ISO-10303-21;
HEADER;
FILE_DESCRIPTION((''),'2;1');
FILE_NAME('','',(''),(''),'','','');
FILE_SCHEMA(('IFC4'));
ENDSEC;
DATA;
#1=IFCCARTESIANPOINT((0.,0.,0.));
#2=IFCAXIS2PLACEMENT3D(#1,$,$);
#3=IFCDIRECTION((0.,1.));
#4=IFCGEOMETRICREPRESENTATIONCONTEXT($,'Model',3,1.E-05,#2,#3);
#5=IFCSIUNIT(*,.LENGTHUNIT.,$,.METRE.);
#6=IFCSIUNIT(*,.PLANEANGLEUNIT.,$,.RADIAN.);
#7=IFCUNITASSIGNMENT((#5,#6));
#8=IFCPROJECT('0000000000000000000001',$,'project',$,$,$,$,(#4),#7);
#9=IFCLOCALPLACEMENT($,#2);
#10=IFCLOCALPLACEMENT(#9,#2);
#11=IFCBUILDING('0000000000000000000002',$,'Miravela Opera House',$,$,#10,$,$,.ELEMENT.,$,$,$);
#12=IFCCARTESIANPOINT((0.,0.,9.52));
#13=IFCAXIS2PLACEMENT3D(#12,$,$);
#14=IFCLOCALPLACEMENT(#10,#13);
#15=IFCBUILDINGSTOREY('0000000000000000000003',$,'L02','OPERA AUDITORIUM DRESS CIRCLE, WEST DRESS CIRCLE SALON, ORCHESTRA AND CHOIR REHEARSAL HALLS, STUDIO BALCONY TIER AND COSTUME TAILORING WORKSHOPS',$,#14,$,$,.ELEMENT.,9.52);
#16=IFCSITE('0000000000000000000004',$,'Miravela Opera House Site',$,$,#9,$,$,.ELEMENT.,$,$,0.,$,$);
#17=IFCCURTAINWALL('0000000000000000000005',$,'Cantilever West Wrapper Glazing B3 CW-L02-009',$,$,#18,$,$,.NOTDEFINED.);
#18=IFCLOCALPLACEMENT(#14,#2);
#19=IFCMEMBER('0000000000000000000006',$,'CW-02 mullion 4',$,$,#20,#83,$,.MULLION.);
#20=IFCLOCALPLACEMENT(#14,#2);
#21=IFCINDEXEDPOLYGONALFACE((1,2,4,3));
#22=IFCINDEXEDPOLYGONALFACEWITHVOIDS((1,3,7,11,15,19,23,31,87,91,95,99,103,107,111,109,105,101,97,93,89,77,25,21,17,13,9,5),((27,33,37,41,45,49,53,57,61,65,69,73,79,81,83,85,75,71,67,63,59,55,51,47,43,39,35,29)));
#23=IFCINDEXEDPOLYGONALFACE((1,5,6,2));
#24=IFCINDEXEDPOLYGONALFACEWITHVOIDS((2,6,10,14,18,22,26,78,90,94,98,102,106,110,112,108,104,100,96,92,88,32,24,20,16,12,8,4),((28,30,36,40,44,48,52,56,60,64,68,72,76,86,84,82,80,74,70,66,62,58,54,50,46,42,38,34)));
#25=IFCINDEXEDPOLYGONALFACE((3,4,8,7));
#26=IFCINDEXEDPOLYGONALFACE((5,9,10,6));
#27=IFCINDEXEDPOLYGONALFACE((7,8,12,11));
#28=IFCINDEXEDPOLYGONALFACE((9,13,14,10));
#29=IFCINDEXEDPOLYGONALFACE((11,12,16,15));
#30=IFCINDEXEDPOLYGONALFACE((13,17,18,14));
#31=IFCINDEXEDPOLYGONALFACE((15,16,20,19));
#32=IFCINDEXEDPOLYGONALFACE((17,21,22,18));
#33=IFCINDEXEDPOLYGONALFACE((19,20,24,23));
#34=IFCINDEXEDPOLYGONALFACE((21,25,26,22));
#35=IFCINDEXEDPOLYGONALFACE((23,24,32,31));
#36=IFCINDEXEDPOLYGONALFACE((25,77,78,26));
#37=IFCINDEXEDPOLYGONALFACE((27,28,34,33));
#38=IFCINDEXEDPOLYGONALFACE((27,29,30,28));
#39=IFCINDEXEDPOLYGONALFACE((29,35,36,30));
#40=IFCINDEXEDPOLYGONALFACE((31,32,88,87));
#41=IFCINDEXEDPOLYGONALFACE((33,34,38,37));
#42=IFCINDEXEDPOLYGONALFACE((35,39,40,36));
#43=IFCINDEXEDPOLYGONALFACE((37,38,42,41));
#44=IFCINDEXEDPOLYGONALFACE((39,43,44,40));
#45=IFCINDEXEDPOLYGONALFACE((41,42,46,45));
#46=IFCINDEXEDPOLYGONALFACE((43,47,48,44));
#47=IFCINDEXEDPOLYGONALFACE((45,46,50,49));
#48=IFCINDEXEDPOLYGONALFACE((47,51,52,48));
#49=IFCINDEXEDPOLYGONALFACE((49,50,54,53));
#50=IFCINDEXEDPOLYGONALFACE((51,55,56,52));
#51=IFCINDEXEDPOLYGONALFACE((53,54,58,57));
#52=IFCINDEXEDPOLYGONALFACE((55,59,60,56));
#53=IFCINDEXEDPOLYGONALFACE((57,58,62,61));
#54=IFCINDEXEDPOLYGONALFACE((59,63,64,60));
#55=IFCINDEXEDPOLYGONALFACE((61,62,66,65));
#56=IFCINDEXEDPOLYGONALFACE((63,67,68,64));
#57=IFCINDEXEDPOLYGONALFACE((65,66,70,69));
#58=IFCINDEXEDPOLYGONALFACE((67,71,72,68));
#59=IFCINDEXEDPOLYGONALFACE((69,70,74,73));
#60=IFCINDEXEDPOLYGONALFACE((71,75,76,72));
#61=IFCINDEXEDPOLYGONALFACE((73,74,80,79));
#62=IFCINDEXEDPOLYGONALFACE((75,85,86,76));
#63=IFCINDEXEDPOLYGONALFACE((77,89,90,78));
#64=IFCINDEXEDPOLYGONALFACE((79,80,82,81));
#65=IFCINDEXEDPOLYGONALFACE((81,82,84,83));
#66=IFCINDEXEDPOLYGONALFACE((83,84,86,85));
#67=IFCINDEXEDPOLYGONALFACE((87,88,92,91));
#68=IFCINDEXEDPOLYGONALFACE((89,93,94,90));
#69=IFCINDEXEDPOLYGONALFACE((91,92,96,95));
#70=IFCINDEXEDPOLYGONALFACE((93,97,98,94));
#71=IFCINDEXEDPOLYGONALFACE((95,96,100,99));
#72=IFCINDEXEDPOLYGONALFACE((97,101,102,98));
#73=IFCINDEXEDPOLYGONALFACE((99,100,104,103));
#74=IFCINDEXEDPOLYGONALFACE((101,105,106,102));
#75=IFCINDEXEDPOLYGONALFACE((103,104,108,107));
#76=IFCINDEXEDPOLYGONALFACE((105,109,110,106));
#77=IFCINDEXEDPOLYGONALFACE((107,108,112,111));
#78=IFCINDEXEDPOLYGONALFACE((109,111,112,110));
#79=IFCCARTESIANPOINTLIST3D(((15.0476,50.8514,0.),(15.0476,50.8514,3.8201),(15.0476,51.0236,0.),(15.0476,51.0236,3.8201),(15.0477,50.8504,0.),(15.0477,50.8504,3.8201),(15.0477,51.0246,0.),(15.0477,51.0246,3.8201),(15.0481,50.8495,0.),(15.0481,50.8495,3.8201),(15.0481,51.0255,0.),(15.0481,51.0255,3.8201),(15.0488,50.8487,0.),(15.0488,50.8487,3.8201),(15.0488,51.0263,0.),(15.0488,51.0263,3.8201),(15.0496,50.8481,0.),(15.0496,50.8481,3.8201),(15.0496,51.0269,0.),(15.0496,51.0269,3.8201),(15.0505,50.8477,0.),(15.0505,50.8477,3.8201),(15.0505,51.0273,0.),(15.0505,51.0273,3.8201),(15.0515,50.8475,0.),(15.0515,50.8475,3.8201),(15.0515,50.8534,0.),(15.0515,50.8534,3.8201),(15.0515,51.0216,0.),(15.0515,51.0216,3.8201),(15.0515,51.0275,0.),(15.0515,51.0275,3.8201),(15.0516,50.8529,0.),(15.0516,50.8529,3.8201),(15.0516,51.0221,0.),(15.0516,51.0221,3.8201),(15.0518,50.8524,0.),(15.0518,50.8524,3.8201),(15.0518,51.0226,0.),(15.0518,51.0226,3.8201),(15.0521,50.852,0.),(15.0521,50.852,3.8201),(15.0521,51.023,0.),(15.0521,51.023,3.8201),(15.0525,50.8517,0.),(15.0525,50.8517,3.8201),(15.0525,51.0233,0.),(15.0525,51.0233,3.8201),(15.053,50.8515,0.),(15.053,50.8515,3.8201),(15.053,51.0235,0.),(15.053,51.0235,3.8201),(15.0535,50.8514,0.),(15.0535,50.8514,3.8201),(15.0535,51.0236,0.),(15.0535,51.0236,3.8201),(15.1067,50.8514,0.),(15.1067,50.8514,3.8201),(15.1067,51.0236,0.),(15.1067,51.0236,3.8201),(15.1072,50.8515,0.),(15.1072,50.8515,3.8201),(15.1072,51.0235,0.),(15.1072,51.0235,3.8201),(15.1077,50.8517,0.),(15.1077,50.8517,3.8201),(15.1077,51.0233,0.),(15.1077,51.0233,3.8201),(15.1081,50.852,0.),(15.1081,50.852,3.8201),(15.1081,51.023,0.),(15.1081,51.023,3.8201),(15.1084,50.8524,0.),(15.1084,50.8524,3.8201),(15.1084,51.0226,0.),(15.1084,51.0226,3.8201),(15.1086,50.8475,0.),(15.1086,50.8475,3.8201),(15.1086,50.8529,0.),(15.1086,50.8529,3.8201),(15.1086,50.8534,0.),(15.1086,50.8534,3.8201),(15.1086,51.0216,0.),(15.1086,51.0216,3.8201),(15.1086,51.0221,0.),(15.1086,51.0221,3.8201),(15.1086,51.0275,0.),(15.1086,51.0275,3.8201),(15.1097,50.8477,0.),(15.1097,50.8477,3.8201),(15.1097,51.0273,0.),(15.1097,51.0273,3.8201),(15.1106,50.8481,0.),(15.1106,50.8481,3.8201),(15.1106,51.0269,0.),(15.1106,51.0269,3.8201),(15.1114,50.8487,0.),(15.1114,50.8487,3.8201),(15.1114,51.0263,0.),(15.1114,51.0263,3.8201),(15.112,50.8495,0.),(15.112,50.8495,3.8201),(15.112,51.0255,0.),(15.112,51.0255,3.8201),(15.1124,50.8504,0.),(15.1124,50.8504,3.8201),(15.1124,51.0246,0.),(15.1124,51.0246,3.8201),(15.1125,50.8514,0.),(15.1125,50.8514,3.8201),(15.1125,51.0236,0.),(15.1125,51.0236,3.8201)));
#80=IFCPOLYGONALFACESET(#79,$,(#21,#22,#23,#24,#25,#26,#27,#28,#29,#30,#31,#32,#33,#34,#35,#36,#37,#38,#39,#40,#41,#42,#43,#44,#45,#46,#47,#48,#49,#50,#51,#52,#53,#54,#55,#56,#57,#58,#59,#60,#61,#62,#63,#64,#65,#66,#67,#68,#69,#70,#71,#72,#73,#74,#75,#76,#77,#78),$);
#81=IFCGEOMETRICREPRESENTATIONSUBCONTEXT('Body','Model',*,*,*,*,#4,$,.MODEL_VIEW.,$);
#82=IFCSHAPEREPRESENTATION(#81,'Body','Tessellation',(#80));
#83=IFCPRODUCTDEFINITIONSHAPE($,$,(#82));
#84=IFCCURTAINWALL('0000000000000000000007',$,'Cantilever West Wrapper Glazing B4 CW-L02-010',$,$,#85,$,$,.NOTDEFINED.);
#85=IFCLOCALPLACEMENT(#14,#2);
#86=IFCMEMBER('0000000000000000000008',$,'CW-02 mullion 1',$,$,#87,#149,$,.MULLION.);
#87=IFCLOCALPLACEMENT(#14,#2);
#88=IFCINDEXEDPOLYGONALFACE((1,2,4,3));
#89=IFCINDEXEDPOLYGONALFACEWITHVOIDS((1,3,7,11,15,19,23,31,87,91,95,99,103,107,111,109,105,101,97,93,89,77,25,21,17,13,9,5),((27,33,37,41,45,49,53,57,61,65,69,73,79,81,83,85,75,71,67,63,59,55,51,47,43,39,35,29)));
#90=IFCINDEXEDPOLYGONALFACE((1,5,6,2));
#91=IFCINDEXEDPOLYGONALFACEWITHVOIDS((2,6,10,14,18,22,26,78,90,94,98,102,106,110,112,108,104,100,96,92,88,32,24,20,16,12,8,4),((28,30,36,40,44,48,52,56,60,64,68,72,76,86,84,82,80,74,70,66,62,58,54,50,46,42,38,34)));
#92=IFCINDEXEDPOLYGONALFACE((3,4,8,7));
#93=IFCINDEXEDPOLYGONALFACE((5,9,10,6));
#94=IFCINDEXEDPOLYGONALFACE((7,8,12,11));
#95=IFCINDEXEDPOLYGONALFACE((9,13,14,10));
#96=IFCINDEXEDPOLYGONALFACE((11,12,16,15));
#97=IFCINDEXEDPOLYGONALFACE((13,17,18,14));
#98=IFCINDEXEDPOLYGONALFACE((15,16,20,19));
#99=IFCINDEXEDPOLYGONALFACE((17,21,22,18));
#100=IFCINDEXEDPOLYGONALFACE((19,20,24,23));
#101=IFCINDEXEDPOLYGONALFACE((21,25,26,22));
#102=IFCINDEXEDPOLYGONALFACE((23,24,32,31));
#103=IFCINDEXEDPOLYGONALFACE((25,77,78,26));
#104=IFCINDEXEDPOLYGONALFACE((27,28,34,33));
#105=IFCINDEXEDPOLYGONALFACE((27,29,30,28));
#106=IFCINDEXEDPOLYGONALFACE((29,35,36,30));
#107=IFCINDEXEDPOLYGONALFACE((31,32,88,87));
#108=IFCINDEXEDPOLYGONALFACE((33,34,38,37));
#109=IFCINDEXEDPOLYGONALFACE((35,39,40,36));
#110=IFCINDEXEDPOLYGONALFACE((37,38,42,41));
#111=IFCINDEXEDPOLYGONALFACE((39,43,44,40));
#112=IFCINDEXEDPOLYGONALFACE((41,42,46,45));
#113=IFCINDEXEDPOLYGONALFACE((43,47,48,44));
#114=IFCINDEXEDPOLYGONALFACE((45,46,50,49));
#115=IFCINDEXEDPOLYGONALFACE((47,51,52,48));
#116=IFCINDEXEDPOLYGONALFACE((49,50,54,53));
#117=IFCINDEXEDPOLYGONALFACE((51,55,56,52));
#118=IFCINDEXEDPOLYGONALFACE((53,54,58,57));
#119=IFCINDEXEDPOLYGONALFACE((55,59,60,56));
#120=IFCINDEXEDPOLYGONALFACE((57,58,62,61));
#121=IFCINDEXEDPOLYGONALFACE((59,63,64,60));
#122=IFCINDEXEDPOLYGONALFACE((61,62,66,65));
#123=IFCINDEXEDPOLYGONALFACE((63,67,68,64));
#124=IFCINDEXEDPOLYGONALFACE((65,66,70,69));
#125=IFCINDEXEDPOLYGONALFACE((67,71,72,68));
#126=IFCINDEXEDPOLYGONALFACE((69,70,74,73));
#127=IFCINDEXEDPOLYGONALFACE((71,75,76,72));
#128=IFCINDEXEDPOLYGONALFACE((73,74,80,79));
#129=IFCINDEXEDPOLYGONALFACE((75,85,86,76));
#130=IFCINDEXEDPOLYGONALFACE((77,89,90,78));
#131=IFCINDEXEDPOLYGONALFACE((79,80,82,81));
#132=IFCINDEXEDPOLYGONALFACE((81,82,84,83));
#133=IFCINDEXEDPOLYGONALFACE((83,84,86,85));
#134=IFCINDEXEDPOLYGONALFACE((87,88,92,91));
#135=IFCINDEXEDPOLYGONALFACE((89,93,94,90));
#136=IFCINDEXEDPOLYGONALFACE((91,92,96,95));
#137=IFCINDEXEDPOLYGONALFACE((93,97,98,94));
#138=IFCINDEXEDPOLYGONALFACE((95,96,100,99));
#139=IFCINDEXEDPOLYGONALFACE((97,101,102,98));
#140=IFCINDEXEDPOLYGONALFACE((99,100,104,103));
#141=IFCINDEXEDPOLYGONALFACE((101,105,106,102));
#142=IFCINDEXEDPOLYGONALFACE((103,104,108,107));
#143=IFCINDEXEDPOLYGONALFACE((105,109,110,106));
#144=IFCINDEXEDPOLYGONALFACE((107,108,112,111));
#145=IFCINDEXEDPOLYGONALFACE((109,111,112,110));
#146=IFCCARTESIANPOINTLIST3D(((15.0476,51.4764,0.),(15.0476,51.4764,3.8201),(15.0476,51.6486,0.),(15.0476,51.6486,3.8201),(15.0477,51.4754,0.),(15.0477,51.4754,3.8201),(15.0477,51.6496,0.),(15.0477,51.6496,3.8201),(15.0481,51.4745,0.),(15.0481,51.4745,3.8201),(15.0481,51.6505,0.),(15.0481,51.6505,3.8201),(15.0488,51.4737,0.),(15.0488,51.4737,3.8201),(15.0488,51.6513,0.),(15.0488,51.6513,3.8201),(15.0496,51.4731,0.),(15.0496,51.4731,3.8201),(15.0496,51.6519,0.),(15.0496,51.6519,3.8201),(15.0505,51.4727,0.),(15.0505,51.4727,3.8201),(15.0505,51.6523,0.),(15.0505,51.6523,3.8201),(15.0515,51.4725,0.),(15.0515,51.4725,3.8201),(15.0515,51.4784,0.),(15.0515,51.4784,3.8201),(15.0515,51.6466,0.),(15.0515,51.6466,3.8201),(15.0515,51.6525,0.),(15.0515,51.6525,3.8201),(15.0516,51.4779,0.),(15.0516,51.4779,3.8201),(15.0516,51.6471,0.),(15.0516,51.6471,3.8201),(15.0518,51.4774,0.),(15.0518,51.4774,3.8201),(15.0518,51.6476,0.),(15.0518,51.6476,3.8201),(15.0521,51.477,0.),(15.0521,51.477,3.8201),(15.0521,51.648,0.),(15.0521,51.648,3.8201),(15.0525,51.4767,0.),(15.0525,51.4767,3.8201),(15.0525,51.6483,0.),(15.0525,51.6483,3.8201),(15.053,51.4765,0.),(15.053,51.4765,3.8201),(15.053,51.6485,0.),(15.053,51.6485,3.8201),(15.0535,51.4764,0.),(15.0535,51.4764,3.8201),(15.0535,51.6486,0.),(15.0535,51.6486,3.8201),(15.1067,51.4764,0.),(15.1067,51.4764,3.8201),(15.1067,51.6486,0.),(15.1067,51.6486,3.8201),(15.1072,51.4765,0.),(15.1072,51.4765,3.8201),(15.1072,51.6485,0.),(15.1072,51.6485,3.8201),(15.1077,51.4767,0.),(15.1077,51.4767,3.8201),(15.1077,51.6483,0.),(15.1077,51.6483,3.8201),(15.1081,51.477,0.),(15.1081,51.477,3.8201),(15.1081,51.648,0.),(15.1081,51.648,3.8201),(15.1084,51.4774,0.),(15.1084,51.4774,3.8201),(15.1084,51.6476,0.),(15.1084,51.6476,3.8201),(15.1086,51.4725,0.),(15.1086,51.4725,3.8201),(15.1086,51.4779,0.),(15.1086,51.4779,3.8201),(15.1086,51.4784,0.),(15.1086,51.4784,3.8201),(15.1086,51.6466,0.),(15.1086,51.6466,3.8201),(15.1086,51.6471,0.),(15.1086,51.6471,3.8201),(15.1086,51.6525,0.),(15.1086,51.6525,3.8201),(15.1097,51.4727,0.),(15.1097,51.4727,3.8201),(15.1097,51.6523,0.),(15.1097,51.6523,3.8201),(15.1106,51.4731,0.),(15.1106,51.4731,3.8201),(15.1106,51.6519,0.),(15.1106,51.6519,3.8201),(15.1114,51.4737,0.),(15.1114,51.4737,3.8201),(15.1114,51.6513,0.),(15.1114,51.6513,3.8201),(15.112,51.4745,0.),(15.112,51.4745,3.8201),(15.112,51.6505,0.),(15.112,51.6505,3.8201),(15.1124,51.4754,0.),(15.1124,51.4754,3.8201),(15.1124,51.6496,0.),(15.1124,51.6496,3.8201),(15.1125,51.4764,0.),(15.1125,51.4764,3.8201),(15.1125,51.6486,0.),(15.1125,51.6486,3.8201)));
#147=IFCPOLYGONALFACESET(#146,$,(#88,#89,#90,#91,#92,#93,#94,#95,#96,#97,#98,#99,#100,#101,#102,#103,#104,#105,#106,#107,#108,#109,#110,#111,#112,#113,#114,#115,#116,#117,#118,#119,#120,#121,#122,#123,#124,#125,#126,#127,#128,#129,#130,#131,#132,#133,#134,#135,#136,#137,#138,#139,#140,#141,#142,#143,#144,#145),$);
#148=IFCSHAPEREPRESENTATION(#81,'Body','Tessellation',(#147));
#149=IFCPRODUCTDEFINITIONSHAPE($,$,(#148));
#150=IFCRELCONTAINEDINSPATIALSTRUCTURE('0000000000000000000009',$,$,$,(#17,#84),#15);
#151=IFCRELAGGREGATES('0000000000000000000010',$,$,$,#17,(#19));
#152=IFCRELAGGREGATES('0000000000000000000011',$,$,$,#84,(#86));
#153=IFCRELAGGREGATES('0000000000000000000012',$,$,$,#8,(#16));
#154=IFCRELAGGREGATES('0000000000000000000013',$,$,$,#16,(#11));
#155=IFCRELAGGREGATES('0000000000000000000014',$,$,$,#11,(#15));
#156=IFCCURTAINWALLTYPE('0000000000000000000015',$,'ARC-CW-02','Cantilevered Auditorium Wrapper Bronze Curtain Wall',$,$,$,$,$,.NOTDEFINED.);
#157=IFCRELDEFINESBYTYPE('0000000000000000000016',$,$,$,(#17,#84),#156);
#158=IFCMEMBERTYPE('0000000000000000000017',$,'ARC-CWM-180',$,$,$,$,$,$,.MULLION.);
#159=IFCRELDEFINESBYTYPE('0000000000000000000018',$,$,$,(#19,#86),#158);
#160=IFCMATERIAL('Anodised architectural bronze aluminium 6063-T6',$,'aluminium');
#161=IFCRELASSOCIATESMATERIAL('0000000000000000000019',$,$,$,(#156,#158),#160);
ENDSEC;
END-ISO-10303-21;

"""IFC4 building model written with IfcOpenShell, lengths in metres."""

from ifc_helpers import new_model, si_unit, direction, frame, origin, origin_2d, place, context, subcontext, project, spatial, hollow_rectangle, extrude, material, material_profile, profile_set, type_object, element, aggregate, save


model = new_model("IFC4")

# Units and contexts
model_context = context("Model", 3, precision=1e-05, world=origin(), true_north=direction((0.0, 1.0)))
body_context = subcontext(model_context, "Body", "Model", "MODEL_VIEW")
ifc_project = project(units=[si_unit("LENGTHUNIT", "METRE"), si_unit("PLANEANGLEUNIT", "RADIAN")], contexts=[model_context])

# Site, building, storey
site_placement = place(None, origin())
site = spatial("IfcSite", under=ifc_project, at=site_placement, Name="Miravela Opera House Site", CompositionType="ELEMENT", RefElevation=0.0)
building_placement = place(site_placement, origin())
building = spatial("IfcBuilding", under=site, at=building_placement, Name="Miravela Opera House", CompositionType="ELEMENT")
storey_placement = place(building_placement, frame((0.0, 0.0, 9.52)))
storey = spatial("IfcBuildingStorey", under=building, at=storey_placement, Name="L02", Description="OPERA AUDITORIUM DRESS CIRCLE, WEST DRESS CIRCLE SALON, ORCHESTRA AND CHOIR REHEARSAL HALLS, STUDIO BALCONY TIER AND COSTUME TAILORING WORKSHOPS", CompositionType="ELEMENT", Elevation=9.52)

# Curtain wall, member
ifc_material_1 = material(Name="Anodised architectural bronze aluminium 6063-T6", Category="aluminium")
curtain_wall_type = type_object("IfcCurtainWallType", Name="ARC-CW-02", Description="Cantilevered Auditorium Wrapper Bronze Curtain Wall", PredefinedType="NOTDEFINED", material=ifc_material_1)
curtain_wall_1_placement = place(storey_placement, origin())
curtain_wall_1 = element("IfcCurtainWall", 1, at=curtain_wall_1_placement, inside=storey, type_object=curtain_wall_type, Name="Cantilever West Wrapper Glazing B3 CW-L02-009", PredefinedType="NOTDEFINED")
ifc_material_profile_1 = material_profile(ifc_material_1, hollow_rectangle(XDim=0.0649, YDim=0.1799, WallThickness=0.0039, InnerFilletRadius=0.002, OuterFilletRadius=0.0039, at=origin_2d()), Name="CWM-65X180")
ifc_profile_set_1 = profile_set([ifc_material_profile_1])
member_type_1 = type_object("IfcMemberType", Name="ARC-CWM-180", PredefinedType="MULLION", material=ifc_profile_set_1)
member_1_placement = place(storey_placement, frame((15.0801, 50.9375, 0.0), z_axis=(0.0, 0.0, 1.0), x_axis=(-1.0, 0.0, 0.0)))
member_1 = element("IfcMember", 2, at=member_1_placement, type_object=member_type_1, Name="CW-02 mullion 4", PredefinedType="MULLION", context=body_context, shape_type="SweptSolid", body=[
    extrude(hollow_rectangle(XDim=0.0649, YDim=0.1799, WallThickness=0.0039, InnerFilletRadius=0.002, OuterFilletRadius=0.0039, at=origin_2d()), origin(), (0.0, 0.0, 1.0), 3.8201),
])

# Curtain wall, member
curtain_wall_2_placement = place(storey_placement, origin())
curtain_wall_2 = element("IfcCurtainWall", 3, at=curtain_wall_2_placement, inside=storey, type_object=curtain_wall_type, Name="Cantilever West Wrapper Glazing B4 CW-L02-010", PredefinedType="NOTDEFINED")
member_2_placement = place(storey_placement, frame((15.0801, 51.5625, 0.0), z_axis=(0.0, 0.0, 1.0), x_axis=(-1.0, 0.0, 0.0)))
member_2 = element("IfcMember", 4, at=member_2_placement, type_object=member_type_1, Name="CW-02 mullion 1", PredefinedType="MULLION", context=body_context, shape_type="SweptSolid", body=[
    extrude(hollow_rectangle(XDim=0.0649, YDim=0.1799, WallThickness=0.0039, InnerFilletRadius=0.002, OuterFilletRadius=0.0039, at=origin_2d()), origin(), (0.0, 0.0, 1.0), 3.8201),
])

aggregate(curtain_wall_1, [member_1])
aggregate(curtain_wall_2, [member_2])

save(model, "model.ifc")
